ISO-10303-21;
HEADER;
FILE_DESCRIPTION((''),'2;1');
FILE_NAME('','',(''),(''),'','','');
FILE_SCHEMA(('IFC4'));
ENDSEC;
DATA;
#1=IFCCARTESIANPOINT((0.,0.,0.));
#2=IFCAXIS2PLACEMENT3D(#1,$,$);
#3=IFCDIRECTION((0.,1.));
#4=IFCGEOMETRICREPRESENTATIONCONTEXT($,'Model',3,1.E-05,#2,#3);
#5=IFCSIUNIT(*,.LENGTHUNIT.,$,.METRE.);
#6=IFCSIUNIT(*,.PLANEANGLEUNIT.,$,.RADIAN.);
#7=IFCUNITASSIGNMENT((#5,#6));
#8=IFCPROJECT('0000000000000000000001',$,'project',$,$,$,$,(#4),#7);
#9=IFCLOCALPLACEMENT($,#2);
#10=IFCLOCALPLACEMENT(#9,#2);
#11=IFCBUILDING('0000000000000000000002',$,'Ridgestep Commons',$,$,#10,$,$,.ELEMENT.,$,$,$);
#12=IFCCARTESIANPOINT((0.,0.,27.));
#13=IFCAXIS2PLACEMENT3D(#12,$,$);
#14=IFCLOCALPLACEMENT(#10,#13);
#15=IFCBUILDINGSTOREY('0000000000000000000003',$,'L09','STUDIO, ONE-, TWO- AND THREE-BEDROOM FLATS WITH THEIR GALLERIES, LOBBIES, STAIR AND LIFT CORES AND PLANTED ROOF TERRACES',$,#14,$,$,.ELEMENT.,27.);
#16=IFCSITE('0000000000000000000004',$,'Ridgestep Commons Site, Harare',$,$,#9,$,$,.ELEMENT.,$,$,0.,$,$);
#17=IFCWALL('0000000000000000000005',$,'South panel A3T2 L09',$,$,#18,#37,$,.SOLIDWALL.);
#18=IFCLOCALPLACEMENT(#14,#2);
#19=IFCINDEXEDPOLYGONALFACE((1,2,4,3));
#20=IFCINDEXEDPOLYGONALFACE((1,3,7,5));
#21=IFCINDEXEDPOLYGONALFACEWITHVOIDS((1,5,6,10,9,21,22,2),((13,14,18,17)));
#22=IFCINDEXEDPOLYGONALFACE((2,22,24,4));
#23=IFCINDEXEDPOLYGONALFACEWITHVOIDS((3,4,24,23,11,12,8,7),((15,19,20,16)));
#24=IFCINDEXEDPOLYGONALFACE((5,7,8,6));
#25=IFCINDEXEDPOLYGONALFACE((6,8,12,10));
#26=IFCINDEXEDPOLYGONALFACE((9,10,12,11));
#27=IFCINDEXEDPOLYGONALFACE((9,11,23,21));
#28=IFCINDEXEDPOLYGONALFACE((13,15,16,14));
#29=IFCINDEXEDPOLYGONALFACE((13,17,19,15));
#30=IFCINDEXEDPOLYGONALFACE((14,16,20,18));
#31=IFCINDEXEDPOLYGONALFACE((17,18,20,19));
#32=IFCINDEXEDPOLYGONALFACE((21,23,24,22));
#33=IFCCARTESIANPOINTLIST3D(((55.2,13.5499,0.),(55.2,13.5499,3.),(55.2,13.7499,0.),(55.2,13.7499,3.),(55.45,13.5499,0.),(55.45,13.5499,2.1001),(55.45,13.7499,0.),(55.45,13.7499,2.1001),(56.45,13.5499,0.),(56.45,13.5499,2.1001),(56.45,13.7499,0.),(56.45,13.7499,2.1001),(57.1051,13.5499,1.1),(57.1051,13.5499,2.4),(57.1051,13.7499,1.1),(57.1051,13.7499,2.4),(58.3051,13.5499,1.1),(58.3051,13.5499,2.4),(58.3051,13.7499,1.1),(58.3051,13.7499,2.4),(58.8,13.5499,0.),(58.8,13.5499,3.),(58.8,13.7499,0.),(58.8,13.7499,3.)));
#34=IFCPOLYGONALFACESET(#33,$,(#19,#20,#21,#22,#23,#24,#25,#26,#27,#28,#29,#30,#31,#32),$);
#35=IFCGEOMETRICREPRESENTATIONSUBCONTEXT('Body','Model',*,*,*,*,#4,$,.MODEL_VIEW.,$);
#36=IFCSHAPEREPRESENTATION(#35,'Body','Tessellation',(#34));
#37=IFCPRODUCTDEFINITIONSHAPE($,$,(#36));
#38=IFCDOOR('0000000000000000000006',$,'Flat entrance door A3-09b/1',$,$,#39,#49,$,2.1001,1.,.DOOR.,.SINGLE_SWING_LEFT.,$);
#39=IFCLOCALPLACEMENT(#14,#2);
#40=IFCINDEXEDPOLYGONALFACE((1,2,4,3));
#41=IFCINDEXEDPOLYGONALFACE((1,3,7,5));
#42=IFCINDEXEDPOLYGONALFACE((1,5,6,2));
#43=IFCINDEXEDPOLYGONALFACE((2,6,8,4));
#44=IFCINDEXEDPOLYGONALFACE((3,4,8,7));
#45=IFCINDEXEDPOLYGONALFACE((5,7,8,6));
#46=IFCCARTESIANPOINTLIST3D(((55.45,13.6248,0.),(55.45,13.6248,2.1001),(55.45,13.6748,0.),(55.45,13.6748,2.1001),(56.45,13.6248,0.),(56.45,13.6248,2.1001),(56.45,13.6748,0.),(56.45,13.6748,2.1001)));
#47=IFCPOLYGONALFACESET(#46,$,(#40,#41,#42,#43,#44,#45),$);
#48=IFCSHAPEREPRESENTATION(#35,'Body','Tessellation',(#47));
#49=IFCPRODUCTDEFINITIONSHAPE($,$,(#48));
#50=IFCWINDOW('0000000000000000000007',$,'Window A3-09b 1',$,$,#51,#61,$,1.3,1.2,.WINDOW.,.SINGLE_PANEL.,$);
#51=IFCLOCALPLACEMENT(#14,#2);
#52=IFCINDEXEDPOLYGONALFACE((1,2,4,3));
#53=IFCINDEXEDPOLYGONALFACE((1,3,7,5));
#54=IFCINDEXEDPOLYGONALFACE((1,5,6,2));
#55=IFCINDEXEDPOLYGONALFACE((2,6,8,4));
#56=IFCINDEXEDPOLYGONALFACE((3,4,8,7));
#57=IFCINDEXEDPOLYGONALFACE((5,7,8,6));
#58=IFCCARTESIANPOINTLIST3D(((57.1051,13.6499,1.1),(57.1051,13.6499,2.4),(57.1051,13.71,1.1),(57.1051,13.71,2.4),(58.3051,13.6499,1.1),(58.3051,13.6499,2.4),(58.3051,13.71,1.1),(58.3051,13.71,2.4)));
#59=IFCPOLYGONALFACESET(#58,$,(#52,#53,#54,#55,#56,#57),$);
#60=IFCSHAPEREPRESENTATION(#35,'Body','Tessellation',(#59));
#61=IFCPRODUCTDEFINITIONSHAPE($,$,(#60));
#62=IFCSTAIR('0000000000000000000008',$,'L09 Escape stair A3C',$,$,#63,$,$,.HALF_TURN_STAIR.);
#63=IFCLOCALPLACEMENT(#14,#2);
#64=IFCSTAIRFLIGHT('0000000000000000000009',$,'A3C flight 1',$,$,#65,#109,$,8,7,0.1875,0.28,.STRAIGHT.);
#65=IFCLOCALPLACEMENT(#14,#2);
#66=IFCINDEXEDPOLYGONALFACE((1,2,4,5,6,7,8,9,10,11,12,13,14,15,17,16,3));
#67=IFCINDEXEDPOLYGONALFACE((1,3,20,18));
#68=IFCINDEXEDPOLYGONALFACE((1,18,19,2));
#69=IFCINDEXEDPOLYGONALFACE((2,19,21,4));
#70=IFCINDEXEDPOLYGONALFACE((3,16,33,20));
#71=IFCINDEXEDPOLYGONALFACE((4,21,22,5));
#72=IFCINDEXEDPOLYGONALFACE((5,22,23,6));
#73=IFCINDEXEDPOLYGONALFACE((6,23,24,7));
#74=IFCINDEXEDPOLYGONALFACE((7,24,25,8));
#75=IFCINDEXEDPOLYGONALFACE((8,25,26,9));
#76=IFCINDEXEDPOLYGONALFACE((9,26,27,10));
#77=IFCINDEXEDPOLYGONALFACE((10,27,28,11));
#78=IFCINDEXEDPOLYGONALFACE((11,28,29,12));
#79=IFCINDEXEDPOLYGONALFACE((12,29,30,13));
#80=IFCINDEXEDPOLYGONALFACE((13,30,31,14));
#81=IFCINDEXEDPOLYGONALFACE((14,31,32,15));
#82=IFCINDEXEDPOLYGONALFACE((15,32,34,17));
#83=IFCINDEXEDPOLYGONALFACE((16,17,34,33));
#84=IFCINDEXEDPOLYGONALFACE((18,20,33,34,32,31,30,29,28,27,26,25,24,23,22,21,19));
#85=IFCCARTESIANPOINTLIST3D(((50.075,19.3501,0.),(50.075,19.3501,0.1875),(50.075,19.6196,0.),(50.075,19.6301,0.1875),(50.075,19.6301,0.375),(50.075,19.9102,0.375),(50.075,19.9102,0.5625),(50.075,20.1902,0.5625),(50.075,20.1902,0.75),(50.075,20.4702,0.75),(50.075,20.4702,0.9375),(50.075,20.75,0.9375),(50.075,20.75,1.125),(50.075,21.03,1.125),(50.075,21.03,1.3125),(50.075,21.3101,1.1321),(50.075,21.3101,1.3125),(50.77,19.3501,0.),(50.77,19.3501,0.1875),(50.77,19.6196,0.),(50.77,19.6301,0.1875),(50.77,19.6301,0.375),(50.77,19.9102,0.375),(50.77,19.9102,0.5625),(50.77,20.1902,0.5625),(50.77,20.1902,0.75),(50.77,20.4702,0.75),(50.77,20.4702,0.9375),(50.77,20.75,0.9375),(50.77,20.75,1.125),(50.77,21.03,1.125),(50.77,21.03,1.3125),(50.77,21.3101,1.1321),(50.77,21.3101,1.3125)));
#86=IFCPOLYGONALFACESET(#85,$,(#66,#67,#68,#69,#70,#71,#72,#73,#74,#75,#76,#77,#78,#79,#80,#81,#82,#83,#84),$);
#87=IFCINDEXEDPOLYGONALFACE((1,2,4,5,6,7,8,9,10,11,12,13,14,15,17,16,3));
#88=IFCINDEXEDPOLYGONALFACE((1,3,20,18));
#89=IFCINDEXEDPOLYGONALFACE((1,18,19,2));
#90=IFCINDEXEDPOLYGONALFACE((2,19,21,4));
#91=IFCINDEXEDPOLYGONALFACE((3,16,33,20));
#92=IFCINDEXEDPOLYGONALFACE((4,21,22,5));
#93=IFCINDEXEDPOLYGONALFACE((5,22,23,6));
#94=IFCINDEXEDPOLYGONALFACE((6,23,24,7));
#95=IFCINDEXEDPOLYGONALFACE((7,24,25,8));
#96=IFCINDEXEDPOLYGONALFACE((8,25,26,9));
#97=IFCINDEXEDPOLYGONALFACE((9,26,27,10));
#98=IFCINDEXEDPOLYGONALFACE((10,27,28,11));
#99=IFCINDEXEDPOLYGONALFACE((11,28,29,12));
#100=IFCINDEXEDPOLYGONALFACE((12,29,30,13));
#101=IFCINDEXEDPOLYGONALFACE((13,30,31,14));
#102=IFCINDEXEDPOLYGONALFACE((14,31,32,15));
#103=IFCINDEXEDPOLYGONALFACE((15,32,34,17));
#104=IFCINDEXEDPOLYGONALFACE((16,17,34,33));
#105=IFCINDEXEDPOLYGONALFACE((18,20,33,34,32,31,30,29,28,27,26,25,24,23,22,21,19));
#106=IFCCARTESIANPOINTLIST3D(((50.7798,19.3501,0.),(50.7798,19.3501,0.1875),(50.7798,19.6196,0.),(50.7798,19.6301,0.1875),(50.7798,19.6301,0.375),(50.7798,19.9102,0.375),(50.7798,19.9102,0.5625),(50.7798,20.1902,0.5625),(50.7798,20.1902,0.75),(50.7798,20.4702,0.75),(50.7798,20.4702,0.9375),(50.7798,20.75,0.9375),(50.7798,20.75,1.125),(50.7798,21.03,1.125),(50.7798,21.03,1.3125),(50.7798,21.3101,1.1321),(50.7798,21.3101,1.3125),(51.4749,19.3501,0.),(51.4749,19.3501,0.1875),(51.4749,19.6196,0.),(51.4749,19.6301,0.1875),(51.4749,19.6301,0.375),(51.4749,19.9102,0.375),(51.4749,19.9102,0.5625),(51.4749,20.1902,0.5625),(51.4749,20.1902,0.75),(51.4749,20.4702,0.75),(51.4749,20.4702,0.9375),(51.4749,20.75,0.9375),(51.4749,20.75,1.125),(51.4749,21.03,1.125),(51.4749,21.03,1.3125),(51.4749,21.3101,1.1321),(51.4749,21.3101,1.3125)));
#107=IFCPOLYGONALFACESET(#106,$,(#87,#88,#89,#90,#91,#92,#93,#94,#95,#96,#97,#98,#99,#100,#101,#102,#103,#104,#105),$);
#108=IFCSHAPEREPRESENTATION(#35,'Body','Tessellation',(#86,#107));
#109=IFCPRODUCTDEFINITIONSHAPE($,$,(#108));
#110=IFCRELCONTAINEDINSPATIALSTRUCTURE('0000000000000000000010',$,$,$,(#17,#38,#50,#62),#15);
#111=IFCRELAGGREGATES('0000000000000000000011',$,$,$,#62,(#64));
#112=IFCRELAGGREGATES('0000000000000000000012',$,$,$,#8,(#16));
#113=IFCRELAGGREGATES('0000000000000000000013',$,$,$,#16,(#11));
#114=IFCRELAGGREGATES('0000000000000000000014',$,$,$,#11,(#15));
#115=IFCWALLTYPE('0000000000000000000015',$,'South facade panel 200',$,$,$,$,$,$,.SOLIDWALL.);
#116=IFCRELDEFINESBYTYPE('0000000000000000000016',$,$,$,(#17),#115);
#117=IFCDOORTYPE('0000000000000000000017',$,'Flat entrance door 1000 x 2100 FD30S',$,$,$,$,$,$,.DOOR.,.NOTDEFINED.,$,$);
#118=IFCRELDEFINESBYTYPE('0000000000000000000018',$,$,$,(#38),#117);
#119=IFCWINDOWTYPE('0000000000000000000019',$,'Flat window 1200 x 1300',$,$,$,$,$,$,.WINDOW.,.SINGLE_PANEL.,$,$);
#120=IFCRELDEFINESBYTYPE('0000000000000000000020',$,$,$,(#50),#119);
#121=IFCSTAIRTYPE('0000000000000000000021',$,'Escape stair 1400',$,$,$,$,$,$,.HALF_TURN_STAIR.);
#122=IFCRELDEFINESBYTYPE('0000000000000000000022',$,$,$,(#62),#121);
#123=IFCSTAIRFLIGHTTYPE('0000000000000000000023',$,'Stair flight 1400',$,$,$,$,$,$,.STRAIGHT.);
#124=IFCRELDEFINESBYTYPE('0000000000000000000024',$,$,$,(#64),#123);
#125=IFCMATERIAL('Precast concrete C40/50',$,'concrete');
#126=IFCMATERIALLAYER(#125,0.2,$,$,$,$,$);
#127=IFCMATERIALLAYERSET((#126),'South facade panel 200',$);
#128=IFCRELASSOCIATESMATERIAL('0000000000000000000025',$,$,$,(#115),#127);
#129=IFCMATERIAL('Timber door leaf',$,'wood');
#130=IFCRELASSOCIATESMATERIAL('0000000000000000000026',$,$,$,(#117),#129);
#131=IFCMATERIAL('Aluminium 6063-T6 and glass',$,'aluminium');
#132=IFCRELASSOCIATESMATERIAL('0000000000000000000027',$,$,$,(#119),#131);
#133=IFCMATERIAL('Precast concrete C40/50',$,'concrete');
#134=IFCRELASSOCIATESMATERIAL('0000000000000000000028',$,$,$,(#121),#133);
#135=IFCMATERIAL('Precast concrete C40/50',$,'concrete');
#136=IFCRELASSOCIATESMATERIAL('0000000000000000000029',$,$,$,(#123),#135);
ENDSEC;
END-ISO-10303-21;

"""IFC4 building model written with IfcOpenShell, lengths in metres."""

from ifc_helpers import new_model, si_unit, direction, frame, frame_2d, origin, place, context, subcontext, project, spatial, polyline, rectangle, outline, extrude, material, layer, layer_set, type_object, element, fill, aggregate, save


model = new_model("IFC4")

# Units and contexts
model_context = context("Model", 3, precision=1e-05, world=origin(), true_north=direction((0.0, 1.0)))
body_context = subcontext(model_context, "Body", "Model", "MODEL_VIEW")
ifc_project = project(units=[si_unit("LENGTHUNIT", "METRE"), si_unit("PLANEANGLEUNIT", "RADIAN")], contexts=[model_context])

# Site, building, storey
site_placement = place(None, origin())
site = spatial("IfcSite", under=ifc_project, at=site_placement, Name="Ridgestep Commons Site, Harare", CompositionType="ELEMENT", RefElevation=0.0)
building_placement = place(site_placement, origin())
building = spatial("IfcBuilding", under=site, at=building_placement, Name="Ridgestep Commons", CompositionType="ELEMENT")
storey_placement = place(building_placement, frame((0.0, 0.0, 27.0)))
storey = spatial("IfcBuildingStorey", under=building, at=storey_placement, Name="L09", Description="STUDIO, ONE-, TWO- AND THREE-BEDROOM FLATS WITH THEIR GALLERIES, LOBBIES, STAIR AND LIFT CORES AND PLANTED ROOF TERRACES", CompositionType="ELEMENT", Elevation=27.0)

# Wall, openings, door, window
ifc_material_1 = material(Name="Precast concrete C40/50", Category="concrete")
ifc_layer_1 = layer(ifc_material_1, 0.2)
ifc_layer_set_1 = layer_set([ifc_layer_1], Name="South facade panel 200")
wall_type_1 = type_object("IfcWallType", Name="South facade panel 200", PredefinedType="SOLIDWALL", material=ifc_layer_set_1)
ifc_material_2 = material(Name="Timber door leaf", Category="wood")
door_type_1 = type_object("IfcDoorType", Name="Flat entrance door 1000 x 2100 FD30S", OperationType="NOTDEFINED", PredefinedType="DOOR", material=ifc_material_2)
ifc_material_3 = material(Name="Aluminium 6063-T6 and glass", Category="aluminium")
window_type = type_object("IfcWindowType", Name="Flat window 1200 x 1300", PartitioningType="SINGLE_PANEL", PredefinedType="WINDOW", material=ifc_material_3)
wall_1_placement = place(storey_placement, frame((55.2, 13.6499, 0.0), z_axis=(0.0, 0.0, 1.0), x_axis=(1.0, 0.0, 0.0)))
wall_1 = element("IfcWall", 1, at=wall_1_placement, inside=storey, type_object=wall_type_1, Name="South panel A3T2 L09", PredefinedType="SOLIDWALL", context=body_context, shape_type="SweptSolid", body=[
    extrude(rectangle(XDim=3.6001, YDim=0.2, at=frame_2d((1.8, 0.0))), origin(), (0.0, 0.0, 1.0), 3.0),
])
opening_1_placement = place(wall_1_placement, frame((1.905, 0.0, 1.1001)))
opening_1 = element("IfcOpeningElement", 2, at=opening_1_placement, cuts=wall_1, PredefinedType="OPENING", context=body_context, shape_type="SweptSolid", body=[
    extrude(rectangle(XDim=1.2, YDim=1.3, at=frame_2d((0.6001, 0.6499))), frame((0.0, 0.1099, 0.0), z_axis=(0.0, -1.0, 0.0), x_axis=(1.0, 0.0, 0.0)), (0.0, 0.0, 1.0), 0.22),
])
opening_2_placement = place(wall_1_placement, frame((0.25, 0.0, 0.0)))
opening_2 = element("IfcOpeningElement", 3, at=opening_2_placement, cuts=wall_1, PredefinedType="OPENING", context=body_context, shape_type="SweptSolid", body=[
    extrude(rectangle(XDim=1.0, YDim=2.1001, at=frame_2d((0.5, 1.05))), frame((0.0, 0.1099, 0.0), z_axis=(0.0, -1.0, 0.0), x_axis=(1.0, 0.0, 0.0)), (0.0, 0.0, 1.0), 0.22),
])
door_1_placement = place(opening_2_placement, origin())
door_1 = element("IfcDoor", 4, at=door_1_placement, inside=storey, type_object=door_type_1, Name="Flat entrance door A3-09b/1", OperationType="SINGLE_SWING_LEFT", OverallHeight=2.1001, OverallWidth=1.0, PredefinedType="DOOR", context=body_context, shape_type="SweptSolid", body=[
    extrude(rectangle(XDim=1.0, YDim=2.1001, at=frame_2d((0.5, 1.05))), frame((0.0, 0.0249, 0.0), z_axis=(0.0, -1.0, 0.0), x_axis=(1.0, 0.0, 0.0)), (0.0, 0.0, 1.0), 0.05),
])
fill(opening_2, door_1)
window_1_placement = place(opening_1_placement, origin())
window_1 = element("IfcWindow", 5, at=window_1_placement, inside=storey, type_object=window_type, Name="Window A3-09b 1", OverallHeight=1.3, OverallWidth=1.2, PartitioningType="SINGLE_PANEL", PredefinedType="WINDOW", context=body_context, shape_type="SweptSolid", body=[
    extrude(rectangle(XDim=1.2, YDim=1.3, at=frame_2d((0.6001, 0.6499))), frame((0.0, 0.0601, 0.0), z_axis=(0.0, -1.0, 0.0), x_axis=(1.0, 0.0, 0.0)), (0.0, 0.0, 1.0), 0.0601),
])
fill(opening_1, window_1)

# Stair, stair flight
ifc_material_4 = material(Name="Precast concrete C40/50", Category="concrete")
stair_type = type_object("IfcStairType", Name="Escape stair 1400", PredefinedType="HALF_TURN_STAIR", material=ifc_material_4)
stair_placement = place(storey_placement, origin())
stair = element("IfcStair", 6, at=stair_placement, inside=storey, type_object=stair_type, Name="L09 Escape stair A3C", PredefinedType="HALF_TURN_STAIR")
ifc_material_5 = material(Name="Precast concrete C40/50", Category="concrete")
stair_flight_type = type_object("IfcStairFlightType", Name="Stair flight 1400", PredefinedType="STRAIGHT", material=ifc_material_5)
stair_flight_placement = place(storey_placement, frame((50.7749, 19.3501, 0.0), z_axis=(0.0, 0.0, 1.0), x_axis=(0.0, 1.0, 0.0)))
stair_flight = element("IfcStairFlight", 7, at=stair_flight_placement, type_object=stair_flight_type, Name="A3C flight 1", NumberOfRisers=8, NumberOfTreads=7, PredefinedType="STRAIGHT", RiserHeight=0.1875, TreadLength=0.28, context=body_context, shape_type="SweptSolid", body=[
    extrude(outline(polyline([(0.0, 0.0), (0.0, 0.1875), (0.28, 0.1875), (0.28, 0.375), (0.5601, 0.375), (0.5601, 0.5625), (0.8401, 0.5625), (0.8401, 0.75), (1.1201, 0.75), (1.1201, 0.9375), (1.3999, 0.9375), (1.3999, 1.125), (1.6799, 1.125), (1.6799, 1.3125), (1.96, 1.3125), (1.96, 1.5), (1.96, 1.1321), (0.2695, 0.0), (0.0, 0.0)])), frame((0.0, 0.7, 0.0), z_axis=(0.0, -1.0, 0.0), x_axis=(1.0, 0.0, 0.0)), (0.0, 0.0, 1.0), 0.6951),
    extrude(outline(polyline([(0.0, 0.0), (0.0, 0.1875), (0.28, 0.1875), (0.28, 0.375), (0.5601, 0.375), (0.5601, 0.5625), (0.8401, 0.5625), (0.8401, 0.75), (1.1201, 0.75), (1.1201, 0.9375), (1.3999, 0.9375), (1.3999, 1.125), (1.6799, 1.125), (1.6799, 1.3125), (1.96, 1.3125), (1.96, 1.5), (1.96, 1.1321), (0.2695, 0.0), (0.0, 0.0)])), frame((0.0, -0.0049, 0.0), z_axis=(0.0, -1.0, 0.0), x_axis=(1.0, 0.0, 0.0)), (0.0, 0.0, 1.0), 0.6951),
])
aggregate(stair, [stair_flight])

save(model, "model.ifc")
